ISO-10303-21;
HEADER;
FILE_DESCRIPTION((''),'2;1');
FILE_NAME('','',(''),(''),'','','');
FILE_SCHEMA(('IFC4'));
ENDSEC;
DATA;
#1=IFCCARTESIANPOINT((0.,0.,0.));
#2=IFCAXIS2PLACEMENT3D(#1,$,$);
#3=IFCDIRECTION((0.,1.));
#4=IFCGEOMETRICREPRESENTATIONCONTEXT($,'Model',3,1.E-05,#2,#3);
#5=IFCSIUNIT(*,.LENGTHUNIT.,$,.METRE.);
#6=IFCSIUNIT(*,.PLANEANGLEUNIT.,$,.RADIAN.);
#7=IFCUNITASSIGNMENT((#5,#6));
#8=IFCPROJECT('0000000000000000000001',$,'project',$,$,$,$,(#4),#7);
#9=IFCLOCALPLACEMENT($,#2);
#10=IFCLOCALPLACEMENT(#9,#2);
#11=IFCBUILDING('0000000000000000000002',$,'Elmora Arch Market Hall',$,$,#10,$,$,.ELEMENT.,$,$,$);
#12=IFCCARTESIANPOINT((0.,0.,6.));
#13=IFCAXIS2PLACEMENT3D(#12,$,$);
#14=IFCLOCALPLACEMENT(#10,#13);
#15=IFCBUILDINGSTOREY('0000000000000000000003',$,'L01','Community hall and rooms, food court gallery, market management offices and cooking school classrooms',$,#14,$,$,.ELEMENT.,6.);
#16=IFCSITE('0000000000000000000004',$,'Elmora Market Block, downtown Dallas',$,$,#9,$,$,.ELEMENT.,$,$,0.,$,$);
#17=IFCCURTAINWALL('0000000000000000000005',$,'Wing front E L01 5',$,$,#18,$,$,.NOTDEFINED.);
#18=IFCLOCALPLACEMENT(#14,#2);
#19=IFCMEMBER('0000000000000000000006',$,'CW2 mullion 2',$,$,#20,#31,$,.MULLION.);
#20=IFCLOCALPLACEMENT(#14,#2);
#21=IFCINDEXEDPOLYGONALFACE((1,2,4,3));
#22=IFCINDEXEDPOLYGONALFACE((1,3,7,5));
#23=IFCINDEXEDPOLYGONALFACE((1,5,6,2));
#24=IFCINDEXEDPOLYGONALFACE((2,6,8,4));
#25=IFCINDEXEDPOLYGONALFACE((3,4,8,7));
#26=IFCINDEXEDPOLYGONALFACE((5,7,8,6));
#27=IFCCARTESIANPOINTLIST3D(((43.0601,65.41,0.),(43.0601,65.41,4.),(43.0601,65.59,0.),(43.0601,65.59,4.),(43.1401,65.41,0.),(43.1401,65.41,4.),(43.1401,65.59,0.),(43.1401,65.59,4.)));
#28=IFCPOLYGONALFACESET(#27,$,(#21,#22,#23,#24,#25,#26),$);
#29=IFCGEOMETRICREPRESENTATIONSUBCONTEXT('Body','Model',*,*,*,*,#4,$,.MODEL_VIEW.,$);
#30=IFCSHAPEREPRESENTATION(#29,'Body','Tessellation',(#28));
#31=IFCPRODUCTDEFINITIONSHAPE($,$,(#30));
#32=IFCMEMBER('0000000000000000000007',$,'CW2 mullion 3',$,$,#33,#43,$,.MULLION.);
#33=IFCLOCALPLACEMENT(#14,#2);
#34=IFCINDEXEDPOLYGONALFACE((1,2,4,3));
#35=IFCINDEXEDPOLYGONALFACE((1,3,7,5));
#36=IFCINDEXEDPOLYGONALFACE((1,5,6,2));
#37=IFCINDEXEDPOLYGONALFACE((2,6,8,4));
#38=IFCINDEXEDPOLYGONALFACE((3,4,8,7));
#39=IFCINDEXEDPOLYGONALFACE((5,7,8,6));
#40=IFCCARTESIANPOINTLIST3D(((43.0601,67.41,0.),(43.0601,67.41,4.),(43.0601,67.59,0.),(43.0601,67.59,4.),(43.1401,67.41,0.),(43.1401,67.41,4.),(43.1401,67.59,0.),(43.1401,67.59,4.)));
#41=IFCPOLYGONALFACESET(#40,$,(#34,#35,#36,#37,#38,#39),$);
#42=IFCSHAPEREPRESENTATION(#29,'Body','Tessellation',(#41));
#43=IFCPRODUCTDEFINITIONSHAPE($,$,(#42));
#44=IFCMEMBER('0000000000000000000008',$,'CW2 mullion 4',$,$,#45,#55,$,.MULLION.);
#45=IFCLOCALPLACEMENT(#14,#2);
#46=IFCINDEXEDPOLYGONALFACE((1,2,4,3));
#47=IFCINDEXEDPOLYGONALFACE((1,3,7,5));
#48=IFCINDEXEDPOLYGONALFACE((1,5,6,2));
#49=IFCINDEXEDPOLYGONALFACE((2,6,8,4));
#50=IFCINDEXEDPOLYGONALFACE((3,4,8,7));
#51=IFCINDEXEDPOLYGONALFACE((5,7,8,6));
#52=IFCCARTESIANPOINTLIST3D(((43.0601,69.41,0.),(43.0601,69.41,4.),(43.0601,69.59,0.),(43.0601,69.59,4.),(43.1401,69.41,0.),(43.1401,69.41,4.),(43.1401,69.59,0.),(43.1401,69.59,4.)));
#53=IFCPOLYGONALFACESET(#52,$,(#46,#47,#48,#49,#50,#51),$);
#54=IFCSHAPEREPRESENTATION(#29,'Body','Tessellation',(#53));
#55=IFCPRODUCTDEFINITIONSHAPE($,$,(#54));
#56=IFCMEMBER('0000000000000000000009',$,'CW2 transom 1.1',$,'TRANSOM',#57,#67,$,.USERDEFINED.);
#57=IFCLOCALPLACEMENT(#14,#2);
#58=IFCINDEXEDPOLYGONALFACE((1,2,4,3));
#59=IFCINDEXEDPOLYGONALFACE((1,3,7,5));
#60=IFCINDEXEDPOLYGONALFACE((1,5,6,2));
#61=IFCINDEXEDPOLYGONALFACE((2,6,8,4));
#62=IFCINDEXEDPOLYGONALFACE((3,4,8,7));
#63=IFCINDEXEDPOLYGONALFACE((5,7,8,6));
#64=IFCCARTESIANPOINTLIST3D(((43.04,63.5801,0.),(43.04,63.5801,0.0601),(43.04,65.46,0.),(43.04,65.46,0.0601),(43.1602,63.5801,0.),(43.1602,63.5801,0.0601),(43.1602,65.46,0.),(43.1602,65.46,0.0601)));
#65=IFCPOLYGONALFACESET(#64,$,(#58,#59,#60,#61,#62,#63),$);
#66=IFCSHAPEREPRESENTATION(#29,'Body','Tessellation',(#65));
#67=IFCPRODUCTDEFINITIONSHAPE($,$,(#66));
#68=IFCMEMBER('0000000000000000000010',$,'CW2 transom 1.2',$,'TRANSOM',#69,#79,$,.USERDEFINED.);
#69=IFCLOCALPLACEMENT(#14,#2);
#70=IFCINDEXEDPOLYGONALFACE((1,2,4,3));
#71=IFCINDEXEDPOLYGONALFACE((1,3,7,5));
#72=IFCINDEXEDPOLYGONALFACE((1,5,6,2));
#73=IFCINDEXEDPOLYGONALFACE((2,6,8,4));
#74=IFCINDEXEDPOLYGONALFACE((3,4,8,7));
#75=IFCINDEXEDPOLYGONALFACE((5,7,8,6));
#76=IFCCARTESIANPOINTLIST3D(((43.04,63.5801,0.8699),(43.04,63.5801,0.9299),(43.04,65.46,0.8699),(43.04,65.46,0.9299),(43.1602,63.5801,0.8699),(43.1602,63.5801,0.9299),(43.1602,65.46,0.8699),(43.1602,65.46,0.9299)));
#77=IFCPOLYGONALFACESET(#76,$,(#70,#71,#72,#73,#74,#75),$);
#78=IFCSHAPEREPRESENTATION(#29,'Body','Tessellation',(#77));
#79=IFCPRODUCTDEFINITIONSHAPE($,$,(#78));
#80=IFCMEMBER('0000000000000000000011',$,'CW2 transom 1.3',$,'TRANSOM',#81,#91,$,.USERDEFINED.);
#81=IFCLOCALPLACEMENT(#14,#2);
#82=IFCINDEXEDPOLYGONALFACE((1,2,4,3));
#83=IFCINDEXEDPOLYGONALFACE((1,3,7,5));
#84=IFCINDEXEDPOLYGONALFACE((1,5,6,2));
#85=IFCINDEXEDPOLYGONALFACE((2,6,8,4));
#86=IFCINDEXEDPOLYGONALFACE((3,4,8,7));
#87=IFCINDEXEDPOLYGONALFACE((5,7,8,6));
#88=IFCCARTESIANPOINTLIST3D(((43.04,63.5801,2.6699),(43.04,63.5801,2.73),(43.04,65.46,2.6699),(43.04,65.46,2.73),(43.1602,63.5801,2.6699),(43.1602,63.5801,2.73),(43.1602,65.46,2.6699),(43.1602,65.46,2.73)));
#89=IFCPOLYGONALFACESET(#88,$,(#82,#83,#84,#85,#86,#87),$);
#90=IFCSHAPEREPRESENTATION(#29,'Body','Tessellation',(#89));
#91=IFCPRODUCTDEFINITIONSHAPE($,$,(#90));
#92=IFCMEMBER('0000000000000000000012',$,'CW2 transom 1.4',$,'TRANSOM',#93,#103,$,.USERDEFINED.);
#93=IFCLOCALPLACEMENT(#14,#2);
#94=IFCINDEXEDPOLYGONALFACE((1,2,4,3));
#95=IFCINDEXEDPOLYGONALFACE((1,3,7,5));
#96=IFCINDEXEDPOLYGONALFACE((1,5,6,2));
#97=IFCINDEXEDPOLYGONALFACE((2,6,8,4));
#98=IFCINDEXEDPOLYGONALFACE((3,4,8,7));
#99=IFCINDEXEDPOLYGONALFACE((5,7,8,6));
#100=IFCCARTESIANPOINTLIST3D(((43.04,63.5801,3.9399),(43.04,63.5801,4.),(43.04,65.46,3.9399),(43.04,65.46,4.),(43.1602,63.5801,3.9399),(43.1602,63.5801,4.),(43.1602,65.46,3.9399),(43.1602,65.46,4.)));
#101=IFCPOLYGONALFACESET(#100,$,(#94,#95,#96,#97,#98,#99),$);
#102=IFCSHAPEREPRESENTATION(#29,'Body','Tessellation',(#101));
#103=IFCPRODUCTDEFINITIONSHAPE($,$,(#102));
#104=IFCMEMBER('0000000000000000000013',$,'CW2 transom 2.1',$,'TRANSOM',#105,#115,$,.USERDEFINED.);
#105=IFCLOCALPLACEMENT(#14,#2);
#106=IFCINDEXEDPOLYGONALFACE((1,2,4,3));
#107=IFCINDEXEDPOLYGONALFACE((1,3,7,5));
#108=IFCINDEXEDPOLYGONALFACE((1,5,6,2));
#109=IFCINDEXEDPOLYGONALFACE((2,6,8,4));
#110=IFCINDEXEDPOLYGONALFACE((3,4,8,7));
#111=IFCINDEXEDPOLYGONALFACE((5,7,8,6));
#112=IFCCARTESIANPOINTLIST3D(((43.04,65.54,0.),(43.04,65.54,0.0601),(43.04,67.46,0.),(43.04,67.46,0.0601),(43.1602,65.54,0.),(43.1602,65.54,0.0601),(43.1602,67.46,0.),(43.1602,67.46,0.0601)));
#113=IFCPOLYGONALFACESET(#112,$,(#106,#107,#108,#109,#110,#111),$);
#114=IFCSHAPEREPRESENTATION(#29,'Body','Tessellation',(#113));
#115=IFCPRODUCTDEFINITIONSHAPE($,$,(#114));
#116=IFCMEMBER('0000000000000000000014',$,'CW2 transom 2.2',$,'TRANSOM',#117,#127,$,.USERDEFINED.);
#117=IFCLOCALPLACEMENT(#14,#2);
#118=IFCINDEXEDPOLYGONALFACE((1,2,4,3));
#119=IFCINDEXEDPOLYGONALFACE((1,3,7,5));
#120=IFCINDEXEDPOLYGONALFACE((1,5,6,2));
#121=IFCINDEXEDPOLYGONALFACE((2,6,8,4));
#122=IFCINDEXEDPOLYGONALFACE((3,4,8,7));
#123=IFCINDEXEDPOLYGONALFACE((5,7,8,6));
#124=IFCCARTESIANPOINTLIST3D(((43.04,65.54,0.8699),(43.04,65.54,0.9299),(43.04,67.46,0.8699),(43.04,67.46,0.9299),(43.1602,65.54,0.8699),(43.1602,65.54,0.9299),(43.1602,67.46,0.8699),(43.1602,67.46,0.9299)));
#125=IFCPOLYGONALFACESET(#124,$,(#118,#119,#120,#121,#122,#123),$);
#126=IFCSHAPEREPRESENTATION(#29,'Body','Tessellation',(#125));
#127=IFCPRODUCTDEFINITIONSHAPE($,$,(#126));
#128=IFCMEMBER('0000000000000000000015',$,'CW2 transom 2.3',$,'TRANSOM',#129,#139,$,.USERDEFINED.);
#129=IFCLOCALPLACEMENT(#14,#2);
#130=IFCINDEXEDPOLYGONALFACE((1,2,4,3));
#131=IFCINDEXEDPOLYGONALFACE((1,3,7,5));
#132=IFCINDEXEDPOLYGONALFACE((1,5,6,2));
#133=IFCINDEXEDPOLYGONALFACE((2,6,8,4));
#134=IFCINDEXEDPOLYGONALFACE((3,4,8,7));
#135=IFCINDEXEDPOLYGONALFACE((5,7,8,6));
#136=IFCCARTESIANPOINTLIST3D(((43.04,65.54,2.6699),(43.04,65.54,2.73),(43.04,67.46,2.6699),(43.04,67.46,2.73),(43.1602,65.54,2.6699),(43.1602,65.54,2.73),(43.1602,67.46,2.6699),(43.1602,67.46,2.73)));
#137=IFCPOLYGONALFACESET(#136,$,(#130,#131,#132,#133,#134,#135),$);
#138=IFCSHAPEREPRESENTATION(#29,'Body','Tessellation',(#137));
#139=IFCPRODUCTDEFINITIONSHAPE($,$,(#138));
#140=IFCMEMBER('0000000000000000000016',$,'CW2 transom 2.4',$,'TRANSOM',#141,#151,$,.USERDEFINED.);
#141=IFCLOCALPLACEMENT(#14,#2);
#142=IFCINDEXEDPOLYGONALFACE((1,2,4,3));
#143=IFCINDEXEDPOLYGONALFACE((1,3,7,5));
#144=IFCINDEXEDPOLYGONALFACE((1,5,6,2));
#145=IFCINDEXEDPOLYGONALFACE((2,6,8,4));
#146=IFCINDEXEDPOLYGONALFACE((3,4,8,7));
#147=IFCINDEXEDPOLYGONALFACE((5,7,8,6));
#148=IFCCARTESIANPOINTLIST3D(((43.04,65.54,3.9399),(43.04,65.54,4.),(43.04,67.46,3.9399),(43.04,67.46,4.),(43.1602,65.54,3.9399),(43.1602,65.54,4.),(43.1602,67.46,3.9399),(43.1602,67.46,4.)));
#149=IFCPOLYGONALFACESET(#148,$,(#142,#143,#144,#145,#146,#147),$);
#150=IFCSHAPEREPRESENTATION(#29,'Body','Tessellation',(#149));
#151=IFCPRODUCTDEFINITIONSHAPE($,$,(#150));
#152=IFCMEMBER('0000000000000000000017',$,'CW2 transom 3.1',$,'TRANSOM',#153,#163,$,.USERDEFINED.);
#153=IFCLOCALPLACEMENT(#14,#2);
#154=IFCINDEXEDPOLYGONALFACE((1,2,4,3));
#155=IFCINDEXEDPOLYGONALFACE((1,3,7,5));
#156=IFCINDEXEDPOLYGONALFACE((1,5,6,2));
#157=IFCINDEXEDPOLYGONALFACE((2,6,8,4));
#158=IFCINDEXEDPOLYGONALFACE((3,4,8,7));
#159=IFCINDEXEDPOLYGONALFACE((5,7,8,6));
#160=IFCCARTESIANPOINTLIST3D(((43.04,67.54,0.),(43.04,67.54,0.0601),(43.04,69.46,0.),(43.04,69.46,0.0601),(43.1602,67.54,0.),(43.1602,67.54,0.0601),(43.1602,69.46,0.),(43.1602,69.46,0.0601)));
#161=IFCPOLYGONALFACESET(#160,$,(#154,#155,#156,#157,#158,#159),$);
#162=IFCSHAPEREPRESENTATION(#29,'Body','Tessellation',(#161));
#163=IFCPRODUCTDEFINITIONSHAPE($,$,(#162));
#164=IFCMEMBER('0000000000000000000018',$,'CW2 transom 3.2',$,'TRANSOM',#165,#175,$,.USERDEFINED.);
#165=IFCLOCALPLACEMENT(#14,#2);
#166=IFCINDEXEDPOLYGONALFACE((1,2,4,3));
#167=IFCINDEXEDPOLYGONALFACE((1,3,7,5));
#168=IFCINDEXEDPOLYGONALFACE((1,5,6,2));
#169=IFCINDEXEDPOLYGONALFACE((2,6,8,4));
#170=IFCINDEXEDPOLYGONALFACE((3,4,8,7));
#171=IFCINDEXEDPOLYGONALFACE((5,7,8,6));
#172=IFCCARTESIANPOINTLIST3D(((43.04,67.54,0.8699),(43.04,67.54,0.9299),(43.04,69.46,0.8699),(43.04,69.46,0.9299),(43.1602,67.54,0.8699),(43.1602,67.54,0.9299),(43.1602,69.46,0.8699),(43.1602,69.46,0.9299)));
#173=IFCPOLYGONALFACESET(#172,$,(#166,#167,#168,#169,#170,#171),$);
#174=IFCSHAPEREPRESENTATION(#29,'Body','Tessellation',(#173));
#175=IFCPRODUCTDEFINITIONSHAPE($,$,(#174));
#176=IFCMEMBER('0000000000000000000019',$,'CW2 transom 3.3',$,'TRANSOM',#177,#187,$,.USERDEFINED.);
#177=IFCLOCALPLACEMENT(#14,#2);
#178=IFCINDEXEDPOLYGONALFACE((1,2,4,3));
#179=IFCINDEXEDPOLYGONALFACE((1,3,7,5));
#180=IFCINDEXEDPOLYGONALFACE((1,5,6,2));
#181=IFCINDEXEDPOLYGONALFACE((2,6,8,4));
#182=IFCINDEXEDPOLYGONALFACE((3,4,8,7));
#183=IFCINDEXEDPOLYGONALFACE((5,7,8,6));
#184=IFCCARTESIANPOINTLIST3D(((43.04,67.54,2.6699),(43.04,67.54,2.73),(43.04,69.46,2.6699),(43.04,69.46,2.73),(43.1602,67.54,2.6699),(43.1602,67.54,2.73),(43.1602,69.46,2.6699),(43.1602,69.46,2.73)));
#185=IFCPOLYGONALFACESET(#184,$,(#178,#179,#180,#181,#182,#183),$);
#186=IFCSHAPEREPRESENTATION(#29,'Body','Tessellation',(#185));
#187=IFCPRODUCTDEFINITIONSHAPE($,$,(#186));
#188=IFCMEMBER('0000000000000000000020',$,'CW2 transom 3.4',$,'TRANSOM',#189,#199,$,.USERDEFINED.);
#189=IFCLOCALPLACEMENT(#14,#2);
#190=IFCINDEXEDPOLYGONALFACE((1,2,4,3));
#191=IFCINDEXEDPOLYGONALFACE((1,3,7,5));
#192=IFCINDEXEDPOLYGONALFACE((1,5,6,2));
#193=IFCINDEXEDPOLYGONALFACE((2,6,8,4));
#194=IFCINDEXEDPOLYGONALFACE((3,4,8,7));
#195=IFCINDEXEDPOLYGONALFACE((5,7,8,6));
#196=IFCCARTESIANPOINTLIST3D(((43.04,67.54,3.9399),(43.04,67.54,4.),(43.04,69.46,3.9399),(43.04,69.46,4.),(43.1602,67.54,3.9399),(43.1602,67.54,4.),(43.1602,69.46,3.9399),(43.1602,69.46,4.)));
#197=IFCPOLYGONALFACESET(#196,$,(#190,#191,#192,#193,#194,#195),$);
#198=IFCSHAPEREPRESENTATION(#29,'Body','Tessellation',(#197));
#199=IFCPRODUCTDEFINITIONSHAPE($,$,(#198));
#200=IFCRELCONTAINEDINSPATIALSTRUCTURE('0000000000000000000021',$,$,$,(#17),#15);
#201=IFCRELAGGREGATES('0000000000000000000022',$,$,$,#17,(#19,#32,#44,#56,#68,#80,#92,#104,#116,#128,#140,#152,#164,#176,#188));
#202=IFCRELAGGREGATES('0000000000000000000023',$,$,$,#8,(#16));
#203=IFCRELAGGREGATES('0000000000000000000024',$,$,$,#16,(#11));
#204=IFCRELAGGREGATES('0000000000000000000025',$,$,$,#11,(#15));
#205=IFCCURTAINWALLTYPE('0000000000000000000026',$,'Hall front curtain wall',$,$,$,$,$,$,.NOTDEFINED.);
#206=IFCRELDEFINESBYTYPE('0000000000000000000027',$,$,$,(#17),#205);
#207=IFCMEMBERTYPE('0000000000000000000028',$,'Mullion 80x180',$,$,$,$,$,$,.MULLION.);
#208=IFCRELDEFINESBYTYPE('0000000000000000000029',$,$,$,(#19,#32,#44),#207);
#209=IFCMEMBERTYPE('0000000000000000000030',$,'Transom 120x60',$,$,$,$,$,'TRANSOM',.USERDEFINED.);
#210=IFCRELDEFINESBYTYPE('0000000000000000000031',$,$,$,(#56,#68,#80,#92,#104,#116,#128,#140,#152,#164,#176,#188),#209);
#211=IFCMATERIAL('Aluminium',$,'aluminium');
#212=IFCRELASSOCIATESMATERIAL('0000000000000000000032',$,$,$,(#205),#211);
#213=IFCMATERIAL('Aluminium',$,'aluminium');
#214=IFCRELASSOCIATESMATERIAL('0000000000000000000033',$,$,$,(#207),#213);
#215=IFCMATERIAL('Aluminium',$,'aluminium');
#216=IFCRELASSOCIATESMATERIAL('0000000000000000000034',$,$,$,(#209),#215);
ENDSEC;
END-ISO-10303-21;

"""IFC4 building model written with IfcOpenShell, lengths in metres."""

from ifc_helpers import new_model, si_unit, direction, frame, origin, origin_2d, place, context, subcontext, project, spatial, rectangle, extrude, material, material_profile, profile_set, type_object, element, aggregate, save


model = new_model("IFC4")

# Units and contexts
model_context = context("Model", 3, precision=1e-05, world=origin(), true_north=direction((0.0, 1.0)))
body_context = subcontext(model_context, "Body", "Model", "MODEL_VIEW")
ifc_project = project(units=[si_unit("LENGTHUNIT", "METRE"), si_unit("PLANEANGLEUNIT", "RADIAN")], contexts=[model_context])

# Site, building, storey
site_placement = place(None, origin())
site = spatial("IfcSite", under=ifc_project, at=site_placement, Name="Elmora Market Block, downtown Dallas", CompositionType="ELEMENT", RefElevation=0.0)
building_placement = place(site_placement, origin())
building = spatial("IfcBuilding", under=site, at=building_placement, Name="Elmora Arch Market Hall", CompositionType="ELEMENT")
storey_placement = place(building_placement, frame((0.0, 0.0, 6.0)))
storey = spatial("IfcBuildingStorey", under=building, at=storey_placement, Name="L01", Description="Community hall and rooms, food court gallery, market management offices and cooking school classrooms", CompositionType="ELEMENT", Elevation=6.0)

# Curtain wall, members
ifc_material_1 = material(Name="Aluminium", Category="aluminium")
curtain_wall_type = type_object("IfcCurtainWallType", Name="Hall front curtain wall", PredefinedType="NOTDEFINED", material=ifc_material_1)
curtain_wall_placement = place(storey_placement, origin())
curtain_wall = element("IfcCurtainWall", 1, at=curtain_wall_placement, inside=storey, type_object=curtain_wall_type, Name="Wing front E L01 5", PredefinedType="NOTDEFINED")
ifc_material_2 = material(Name="Aluminium", Category="aluminium")
ifc_material_profile_1 = material_profile(ifc_material_2, rectangle(XDim=0.0801, YDim=0.1799, at=origin_2d()), Name="AL 80x180")
ifc_profile_set_1 = profile_set([ifc_material_profile_1], Name="Aluminium")
member_type_1 = type_object("IfcMemberType", Name="Mullion 80x180", PredefinedType="MULLION", material=ifc_profile_set_1)
member_1_placement = place(storey_placement, frame((43.1001, 65.5, 0.0), z_axis=(0.0, 0.0, 1.0), x_axis=(-1.0, 0.0, 0.0)))
member_1 = element("IfcMember", 2, at=member_1_placement, type_object=member_type_1, Name="CW2 mullion 2", PredefinedType="MULLION", context=body_context, shape_type="SweptSolid", body=[
    extrude(rectangle(XDim=0.0801, YDim=0.1799, at=origin_2d()), origin(), (0.0, 0.0, 1.0), 4.0),
])
member_2_placement = place(storey_placement, frame((43.1001, 67.5, 0.0), z_axis=(0.0, 0.0, 1.0), x_axis=(-1.0, 0.0, 0.0)))
member_2 = element("IfcMember", 3, at=member_2_placement, type_object=member_type_1, Name="CW2 mullion 3", PredefinedType="MULLION", context=body_context, shape_type="SweptSolid", body=[
    extrude(rectangle(XDim=0.0801, YDim=0.1799, at=origin_2d()), origin(), (0.0, 0.0, 1.0), 4.0),
])
member_3_placement = place(storey_placement, frame((43.1001, 69.5, 0.0), z_axis=(0.0, 0.0, 1.0), x_axis=(-1.0, 0.0, 0.0)))
member_3 = element("IfcMember", 4, at=member_3_placement, type_object=member_type_1, Name="CW2 mullion 4", PredefinedType="MULLION", context=body_context, shape_type="SweptSolid", body=[
    extrude(rectangle(XDim=0.0801, YDim=0.1799, at=origin_2d()), origin(), (0.0, 0.0, 1.0), 4.0),
])
ifc_material_3 = material(Name="Aluminium", Category="aluminium")
ifc_material_profile_2 = material_profile(ifc_material_3, rectangle(XDim=0.1201, YDim=0.0601, at=origin_2d()), Name="AL 120x60")
ifc_profile_set_2 = profile_set([ifc_material_profile_2], Name="Aluminium")
member_type_2 = type_object("IfcMemberType", Name="Transom 120x60", ElementType="TRANSOM", PredefinedType="USERDEFINED", material=ifc_profile_set_2)
member_4_placement = place(storey_placement, frame((43.1001, 63.5801, 0.03), z_axis=(0.0, 1.0, 0.0), x_axis=(-1.0, 0.0, 0.0)))
member_4 = element("IfcMember", 5, at=member_4_placement, type_object=member_type_2, Name="CW2 transom 1.1", ObjectType="TRANSOM", PredefinedType="USERDEFINED", context=body_context, shape_type="SweptSolid", body=[
    extrude(rectangle(XDim=0.1201, YDim=0.0601, at=origin_2d()), origin(), (0.0, 0.0, 1.0), 1.8799),
])
member_5_placement = place(storey_placement, frame((43.1001, 63.5801, 0.8999), z_axis=(0.0, 1.0, 0.0), x_axis=(-1.0, 0.0, 0.0)))
member_5 = element("IfcMember", 6, at=member_5_placement, type_object=member_type_2, Name="CW2 transom 1.2", ObjectType="TRANSOM", PredefinedType="USERDEFINED", context=body_context, shape_type="SweptSolid", body=[
    extrude(rectangle(XDim=0.1201, YDim=0.0601, at=origin_2d()), origin(), (0.0, 0.0, 1.0), 1.8799),
])
member_6_placement = place(storey_placement, frame((43.1001, 63.5801, 2.7), z_axis=(0.0, 1.0, 0.0), x_axis=(-1.0, 0.0, 0.0)))
member_6 = element("IfcMember", 7, at=member_6_placement, type_object=member_type_2, Name="CW2 transom 1.3", ObjectType="TRANSOM", PredefinedType="USERDEFINED", context=body_context, shape_type="SweptSolid", body=[
    extrude(rectangle(XDim=0.1201, YDim=0.0601, at=origin_2d()), origin(), (0.0, 0.0, 1.0), 1.8799),
])
member_7_placement = place(storey_placement, frame((43.1001, 63.5801, 3.97), z_axis=(0.0, 1.0, 0.0), x_axis=(-1.0, 0.0, 0.0)))
member_7 = element("IfcMember", 8, at=member_7_placement, type_object=member_type_2, Name="CW2 transom 1.4", ObjectType="TRANSOM", PredefinedType="USERDEFINED", context=body_context, shape_type="SweptSolid", body=[
    extrude(rectangle(XDim=0.1201, YDim=0.0601, at=origin_2d()), origin(), (0.0, 0.0, 1.0), 1.8799),
])
member_8_placement = place(storey_placement, frame((43.1001, 65.54, 0.03), z_axis=(0.0, 1.0, 0.0), x_axis=(-1.0, 0.0, 0.0)))
member_8 = element("IfcMember", 9, at=member_8_placement, type_object=member_type_2, Name="CW2 transom 2.1", ObjectType="TRANSOM", PredefinedType="USERDEFINED", context=body_context, shape_type="SweptSolid", body=[
    extrude(rectangle(XDim=0.1201, YDim=0.0601, at=origin_2d()), origin(), (0.0, 0.0, 1.0), 1.9199),
])
member_9_placement = place(storey_placement, frame((43.1001, 65.54, 0.8999), z_axis=(0.0, 1.0, 0.0), x_axis=(-1.0, 0.0, 0.0)))
member_9 = element("IfcMember", 10, at=member_9_placement, type_object=member_type_2, Name="CW2 transom 2.2", ObjectType="TRANSOM", PredefinedType="USERDEFINED", context=body_context, shape_type="SweptSolid", body=[
    extrude(rectangle(XDim=0.1201, YDim=0.0601, at=origin_2d()), origin(), (0.0, 0.0, 1.0), 1.9199),
])
member_10_placement = place(storey_placement, frame((43.1001, 65.54, 2.7), z_axis=(0.0, 1.0, 0.0), x_axis=(-1.0, 0.0, 0.0)))
member_10 = element("IfcMember", 11, at=member_10_placement, type_object=member_type_2, Name="CW2 transom 2.3", ObjectType="TRANSOM", PredefinedType="USERDEFINED", context=body_context, shape_type="SweptSolid", body=[
    extrude(rectangle(XDim=0.1201, YDim=0.0601, at=origin_2d()), origin(), (0.0, 0.0, 1.0), 1.9199),
])
member_11_placement = place(storey_placement, frame((43.1001, 65.54, 3.97), z_axis=(0.0, 1.0, 0.0), x_axis=(-1.0, 0.0, 0.0)))
member_11 = element("IfcMember", 12, at=member_11_placement, type_object=member_type_2, Name="CW2 transom 2.4", ObjectType="TRANSOM", PredefinedType="USERDEFINED", context=body_context, shape_type="SweptSolid", body=[
    extrude(rectangle(XDim=0.1201, YDim=0.0601, at=origin_2d()), origin(), (0.0, 0.0, 1.0), 1.9199),
])
member_12_placement = place(storey_placement, frame((43.1001, 67.54, 0.03), z_axis=(0.0, 1.0, 0.0), x_axis=(-1.0, 0.0, 0.0)))
member_12 = element("IfcMember", 13, at=member_12_placement, type_object=member_type_2, Name="CW2 transom 3.1", ObjectType="TRANSOM", PredefinedType="USERDEFINED", context=body_context, shape_type="SweptSolid", body=[
    extrude(rectangle(XDim=0.1201, YDim=0.0601, at=origin_2d()), origin(), (0.0, 0.0, 1.0), 1.9199),
])
member_13_placement = place(storey_placement, frame((43.1001, 67.54, 0.8999), z_axis=(0.0, 1.0, 0.0), x_axis=(-1.0, 0.0, 0.0)))
member_13 = element("IfcMember", 14, at=member_13_placement, type_object=member_type_2, Name="CW2 transom 3.2", ObjectType="TRANSOM", PredefinedType="USERDEFINED", context=body_context, shape_type="SweptSolid", body=[
    extrude(rectangle(XDim=0.1201, YDim=0.0601, at=origin_2d()), origin(), (0.0, 0.0, 1.0), 1.9199),
])
member_14_placement = place(storey_placement, frame((43.1001, 67.54, 2.7), z_axis=(0.0, 1.0, 0.0), x_axis=(-1.0, 0.0, 0.0)))
member_14 = element("IfcMember", 15, at=member_14_placement, type_object=member_type_2, Name="CW2 transom 3.3", ObjectType="TRANSOM", PredefinedType="USERDEFINED", context=body_context, shape_type="SweptSolid", body=[
    extrude(rectangle(XDim=0.1201, YDim=0.0601, at=origin_2d()), origin(), (0.0, 0.0, 1.0), 1.9199),
])
member_15_placement = place(storey_placement, frame((43.1001, 67.54, 3.97), z_axis=(0.0, 1.0, 0.0), x_axis=(-1.0, 0.0, 0.0)))
member_15 = element("IfcMember", 16, at=member_15_placement, type_object=member_type_2, Name="CW2 transom 3.4", ObjectType="TRANSOM", PredefinedType="USERDEFINED", context=body_context, shape_type="SweptSolid", body=[
    extrude(rectangle(XDim=0.1201, YDim=0.0601, at=origin_2d()), origin(), (0.0, 0.0, 1.0), 1.9199),
])
aggregate(curtain_wall, [member_1, member_2, member_3, member_4, member_5, member_6, member_7, member_8, member_9, member_10, member_11, member_12, member_13, member_14, member_15])

save(model, "model.ifc")
